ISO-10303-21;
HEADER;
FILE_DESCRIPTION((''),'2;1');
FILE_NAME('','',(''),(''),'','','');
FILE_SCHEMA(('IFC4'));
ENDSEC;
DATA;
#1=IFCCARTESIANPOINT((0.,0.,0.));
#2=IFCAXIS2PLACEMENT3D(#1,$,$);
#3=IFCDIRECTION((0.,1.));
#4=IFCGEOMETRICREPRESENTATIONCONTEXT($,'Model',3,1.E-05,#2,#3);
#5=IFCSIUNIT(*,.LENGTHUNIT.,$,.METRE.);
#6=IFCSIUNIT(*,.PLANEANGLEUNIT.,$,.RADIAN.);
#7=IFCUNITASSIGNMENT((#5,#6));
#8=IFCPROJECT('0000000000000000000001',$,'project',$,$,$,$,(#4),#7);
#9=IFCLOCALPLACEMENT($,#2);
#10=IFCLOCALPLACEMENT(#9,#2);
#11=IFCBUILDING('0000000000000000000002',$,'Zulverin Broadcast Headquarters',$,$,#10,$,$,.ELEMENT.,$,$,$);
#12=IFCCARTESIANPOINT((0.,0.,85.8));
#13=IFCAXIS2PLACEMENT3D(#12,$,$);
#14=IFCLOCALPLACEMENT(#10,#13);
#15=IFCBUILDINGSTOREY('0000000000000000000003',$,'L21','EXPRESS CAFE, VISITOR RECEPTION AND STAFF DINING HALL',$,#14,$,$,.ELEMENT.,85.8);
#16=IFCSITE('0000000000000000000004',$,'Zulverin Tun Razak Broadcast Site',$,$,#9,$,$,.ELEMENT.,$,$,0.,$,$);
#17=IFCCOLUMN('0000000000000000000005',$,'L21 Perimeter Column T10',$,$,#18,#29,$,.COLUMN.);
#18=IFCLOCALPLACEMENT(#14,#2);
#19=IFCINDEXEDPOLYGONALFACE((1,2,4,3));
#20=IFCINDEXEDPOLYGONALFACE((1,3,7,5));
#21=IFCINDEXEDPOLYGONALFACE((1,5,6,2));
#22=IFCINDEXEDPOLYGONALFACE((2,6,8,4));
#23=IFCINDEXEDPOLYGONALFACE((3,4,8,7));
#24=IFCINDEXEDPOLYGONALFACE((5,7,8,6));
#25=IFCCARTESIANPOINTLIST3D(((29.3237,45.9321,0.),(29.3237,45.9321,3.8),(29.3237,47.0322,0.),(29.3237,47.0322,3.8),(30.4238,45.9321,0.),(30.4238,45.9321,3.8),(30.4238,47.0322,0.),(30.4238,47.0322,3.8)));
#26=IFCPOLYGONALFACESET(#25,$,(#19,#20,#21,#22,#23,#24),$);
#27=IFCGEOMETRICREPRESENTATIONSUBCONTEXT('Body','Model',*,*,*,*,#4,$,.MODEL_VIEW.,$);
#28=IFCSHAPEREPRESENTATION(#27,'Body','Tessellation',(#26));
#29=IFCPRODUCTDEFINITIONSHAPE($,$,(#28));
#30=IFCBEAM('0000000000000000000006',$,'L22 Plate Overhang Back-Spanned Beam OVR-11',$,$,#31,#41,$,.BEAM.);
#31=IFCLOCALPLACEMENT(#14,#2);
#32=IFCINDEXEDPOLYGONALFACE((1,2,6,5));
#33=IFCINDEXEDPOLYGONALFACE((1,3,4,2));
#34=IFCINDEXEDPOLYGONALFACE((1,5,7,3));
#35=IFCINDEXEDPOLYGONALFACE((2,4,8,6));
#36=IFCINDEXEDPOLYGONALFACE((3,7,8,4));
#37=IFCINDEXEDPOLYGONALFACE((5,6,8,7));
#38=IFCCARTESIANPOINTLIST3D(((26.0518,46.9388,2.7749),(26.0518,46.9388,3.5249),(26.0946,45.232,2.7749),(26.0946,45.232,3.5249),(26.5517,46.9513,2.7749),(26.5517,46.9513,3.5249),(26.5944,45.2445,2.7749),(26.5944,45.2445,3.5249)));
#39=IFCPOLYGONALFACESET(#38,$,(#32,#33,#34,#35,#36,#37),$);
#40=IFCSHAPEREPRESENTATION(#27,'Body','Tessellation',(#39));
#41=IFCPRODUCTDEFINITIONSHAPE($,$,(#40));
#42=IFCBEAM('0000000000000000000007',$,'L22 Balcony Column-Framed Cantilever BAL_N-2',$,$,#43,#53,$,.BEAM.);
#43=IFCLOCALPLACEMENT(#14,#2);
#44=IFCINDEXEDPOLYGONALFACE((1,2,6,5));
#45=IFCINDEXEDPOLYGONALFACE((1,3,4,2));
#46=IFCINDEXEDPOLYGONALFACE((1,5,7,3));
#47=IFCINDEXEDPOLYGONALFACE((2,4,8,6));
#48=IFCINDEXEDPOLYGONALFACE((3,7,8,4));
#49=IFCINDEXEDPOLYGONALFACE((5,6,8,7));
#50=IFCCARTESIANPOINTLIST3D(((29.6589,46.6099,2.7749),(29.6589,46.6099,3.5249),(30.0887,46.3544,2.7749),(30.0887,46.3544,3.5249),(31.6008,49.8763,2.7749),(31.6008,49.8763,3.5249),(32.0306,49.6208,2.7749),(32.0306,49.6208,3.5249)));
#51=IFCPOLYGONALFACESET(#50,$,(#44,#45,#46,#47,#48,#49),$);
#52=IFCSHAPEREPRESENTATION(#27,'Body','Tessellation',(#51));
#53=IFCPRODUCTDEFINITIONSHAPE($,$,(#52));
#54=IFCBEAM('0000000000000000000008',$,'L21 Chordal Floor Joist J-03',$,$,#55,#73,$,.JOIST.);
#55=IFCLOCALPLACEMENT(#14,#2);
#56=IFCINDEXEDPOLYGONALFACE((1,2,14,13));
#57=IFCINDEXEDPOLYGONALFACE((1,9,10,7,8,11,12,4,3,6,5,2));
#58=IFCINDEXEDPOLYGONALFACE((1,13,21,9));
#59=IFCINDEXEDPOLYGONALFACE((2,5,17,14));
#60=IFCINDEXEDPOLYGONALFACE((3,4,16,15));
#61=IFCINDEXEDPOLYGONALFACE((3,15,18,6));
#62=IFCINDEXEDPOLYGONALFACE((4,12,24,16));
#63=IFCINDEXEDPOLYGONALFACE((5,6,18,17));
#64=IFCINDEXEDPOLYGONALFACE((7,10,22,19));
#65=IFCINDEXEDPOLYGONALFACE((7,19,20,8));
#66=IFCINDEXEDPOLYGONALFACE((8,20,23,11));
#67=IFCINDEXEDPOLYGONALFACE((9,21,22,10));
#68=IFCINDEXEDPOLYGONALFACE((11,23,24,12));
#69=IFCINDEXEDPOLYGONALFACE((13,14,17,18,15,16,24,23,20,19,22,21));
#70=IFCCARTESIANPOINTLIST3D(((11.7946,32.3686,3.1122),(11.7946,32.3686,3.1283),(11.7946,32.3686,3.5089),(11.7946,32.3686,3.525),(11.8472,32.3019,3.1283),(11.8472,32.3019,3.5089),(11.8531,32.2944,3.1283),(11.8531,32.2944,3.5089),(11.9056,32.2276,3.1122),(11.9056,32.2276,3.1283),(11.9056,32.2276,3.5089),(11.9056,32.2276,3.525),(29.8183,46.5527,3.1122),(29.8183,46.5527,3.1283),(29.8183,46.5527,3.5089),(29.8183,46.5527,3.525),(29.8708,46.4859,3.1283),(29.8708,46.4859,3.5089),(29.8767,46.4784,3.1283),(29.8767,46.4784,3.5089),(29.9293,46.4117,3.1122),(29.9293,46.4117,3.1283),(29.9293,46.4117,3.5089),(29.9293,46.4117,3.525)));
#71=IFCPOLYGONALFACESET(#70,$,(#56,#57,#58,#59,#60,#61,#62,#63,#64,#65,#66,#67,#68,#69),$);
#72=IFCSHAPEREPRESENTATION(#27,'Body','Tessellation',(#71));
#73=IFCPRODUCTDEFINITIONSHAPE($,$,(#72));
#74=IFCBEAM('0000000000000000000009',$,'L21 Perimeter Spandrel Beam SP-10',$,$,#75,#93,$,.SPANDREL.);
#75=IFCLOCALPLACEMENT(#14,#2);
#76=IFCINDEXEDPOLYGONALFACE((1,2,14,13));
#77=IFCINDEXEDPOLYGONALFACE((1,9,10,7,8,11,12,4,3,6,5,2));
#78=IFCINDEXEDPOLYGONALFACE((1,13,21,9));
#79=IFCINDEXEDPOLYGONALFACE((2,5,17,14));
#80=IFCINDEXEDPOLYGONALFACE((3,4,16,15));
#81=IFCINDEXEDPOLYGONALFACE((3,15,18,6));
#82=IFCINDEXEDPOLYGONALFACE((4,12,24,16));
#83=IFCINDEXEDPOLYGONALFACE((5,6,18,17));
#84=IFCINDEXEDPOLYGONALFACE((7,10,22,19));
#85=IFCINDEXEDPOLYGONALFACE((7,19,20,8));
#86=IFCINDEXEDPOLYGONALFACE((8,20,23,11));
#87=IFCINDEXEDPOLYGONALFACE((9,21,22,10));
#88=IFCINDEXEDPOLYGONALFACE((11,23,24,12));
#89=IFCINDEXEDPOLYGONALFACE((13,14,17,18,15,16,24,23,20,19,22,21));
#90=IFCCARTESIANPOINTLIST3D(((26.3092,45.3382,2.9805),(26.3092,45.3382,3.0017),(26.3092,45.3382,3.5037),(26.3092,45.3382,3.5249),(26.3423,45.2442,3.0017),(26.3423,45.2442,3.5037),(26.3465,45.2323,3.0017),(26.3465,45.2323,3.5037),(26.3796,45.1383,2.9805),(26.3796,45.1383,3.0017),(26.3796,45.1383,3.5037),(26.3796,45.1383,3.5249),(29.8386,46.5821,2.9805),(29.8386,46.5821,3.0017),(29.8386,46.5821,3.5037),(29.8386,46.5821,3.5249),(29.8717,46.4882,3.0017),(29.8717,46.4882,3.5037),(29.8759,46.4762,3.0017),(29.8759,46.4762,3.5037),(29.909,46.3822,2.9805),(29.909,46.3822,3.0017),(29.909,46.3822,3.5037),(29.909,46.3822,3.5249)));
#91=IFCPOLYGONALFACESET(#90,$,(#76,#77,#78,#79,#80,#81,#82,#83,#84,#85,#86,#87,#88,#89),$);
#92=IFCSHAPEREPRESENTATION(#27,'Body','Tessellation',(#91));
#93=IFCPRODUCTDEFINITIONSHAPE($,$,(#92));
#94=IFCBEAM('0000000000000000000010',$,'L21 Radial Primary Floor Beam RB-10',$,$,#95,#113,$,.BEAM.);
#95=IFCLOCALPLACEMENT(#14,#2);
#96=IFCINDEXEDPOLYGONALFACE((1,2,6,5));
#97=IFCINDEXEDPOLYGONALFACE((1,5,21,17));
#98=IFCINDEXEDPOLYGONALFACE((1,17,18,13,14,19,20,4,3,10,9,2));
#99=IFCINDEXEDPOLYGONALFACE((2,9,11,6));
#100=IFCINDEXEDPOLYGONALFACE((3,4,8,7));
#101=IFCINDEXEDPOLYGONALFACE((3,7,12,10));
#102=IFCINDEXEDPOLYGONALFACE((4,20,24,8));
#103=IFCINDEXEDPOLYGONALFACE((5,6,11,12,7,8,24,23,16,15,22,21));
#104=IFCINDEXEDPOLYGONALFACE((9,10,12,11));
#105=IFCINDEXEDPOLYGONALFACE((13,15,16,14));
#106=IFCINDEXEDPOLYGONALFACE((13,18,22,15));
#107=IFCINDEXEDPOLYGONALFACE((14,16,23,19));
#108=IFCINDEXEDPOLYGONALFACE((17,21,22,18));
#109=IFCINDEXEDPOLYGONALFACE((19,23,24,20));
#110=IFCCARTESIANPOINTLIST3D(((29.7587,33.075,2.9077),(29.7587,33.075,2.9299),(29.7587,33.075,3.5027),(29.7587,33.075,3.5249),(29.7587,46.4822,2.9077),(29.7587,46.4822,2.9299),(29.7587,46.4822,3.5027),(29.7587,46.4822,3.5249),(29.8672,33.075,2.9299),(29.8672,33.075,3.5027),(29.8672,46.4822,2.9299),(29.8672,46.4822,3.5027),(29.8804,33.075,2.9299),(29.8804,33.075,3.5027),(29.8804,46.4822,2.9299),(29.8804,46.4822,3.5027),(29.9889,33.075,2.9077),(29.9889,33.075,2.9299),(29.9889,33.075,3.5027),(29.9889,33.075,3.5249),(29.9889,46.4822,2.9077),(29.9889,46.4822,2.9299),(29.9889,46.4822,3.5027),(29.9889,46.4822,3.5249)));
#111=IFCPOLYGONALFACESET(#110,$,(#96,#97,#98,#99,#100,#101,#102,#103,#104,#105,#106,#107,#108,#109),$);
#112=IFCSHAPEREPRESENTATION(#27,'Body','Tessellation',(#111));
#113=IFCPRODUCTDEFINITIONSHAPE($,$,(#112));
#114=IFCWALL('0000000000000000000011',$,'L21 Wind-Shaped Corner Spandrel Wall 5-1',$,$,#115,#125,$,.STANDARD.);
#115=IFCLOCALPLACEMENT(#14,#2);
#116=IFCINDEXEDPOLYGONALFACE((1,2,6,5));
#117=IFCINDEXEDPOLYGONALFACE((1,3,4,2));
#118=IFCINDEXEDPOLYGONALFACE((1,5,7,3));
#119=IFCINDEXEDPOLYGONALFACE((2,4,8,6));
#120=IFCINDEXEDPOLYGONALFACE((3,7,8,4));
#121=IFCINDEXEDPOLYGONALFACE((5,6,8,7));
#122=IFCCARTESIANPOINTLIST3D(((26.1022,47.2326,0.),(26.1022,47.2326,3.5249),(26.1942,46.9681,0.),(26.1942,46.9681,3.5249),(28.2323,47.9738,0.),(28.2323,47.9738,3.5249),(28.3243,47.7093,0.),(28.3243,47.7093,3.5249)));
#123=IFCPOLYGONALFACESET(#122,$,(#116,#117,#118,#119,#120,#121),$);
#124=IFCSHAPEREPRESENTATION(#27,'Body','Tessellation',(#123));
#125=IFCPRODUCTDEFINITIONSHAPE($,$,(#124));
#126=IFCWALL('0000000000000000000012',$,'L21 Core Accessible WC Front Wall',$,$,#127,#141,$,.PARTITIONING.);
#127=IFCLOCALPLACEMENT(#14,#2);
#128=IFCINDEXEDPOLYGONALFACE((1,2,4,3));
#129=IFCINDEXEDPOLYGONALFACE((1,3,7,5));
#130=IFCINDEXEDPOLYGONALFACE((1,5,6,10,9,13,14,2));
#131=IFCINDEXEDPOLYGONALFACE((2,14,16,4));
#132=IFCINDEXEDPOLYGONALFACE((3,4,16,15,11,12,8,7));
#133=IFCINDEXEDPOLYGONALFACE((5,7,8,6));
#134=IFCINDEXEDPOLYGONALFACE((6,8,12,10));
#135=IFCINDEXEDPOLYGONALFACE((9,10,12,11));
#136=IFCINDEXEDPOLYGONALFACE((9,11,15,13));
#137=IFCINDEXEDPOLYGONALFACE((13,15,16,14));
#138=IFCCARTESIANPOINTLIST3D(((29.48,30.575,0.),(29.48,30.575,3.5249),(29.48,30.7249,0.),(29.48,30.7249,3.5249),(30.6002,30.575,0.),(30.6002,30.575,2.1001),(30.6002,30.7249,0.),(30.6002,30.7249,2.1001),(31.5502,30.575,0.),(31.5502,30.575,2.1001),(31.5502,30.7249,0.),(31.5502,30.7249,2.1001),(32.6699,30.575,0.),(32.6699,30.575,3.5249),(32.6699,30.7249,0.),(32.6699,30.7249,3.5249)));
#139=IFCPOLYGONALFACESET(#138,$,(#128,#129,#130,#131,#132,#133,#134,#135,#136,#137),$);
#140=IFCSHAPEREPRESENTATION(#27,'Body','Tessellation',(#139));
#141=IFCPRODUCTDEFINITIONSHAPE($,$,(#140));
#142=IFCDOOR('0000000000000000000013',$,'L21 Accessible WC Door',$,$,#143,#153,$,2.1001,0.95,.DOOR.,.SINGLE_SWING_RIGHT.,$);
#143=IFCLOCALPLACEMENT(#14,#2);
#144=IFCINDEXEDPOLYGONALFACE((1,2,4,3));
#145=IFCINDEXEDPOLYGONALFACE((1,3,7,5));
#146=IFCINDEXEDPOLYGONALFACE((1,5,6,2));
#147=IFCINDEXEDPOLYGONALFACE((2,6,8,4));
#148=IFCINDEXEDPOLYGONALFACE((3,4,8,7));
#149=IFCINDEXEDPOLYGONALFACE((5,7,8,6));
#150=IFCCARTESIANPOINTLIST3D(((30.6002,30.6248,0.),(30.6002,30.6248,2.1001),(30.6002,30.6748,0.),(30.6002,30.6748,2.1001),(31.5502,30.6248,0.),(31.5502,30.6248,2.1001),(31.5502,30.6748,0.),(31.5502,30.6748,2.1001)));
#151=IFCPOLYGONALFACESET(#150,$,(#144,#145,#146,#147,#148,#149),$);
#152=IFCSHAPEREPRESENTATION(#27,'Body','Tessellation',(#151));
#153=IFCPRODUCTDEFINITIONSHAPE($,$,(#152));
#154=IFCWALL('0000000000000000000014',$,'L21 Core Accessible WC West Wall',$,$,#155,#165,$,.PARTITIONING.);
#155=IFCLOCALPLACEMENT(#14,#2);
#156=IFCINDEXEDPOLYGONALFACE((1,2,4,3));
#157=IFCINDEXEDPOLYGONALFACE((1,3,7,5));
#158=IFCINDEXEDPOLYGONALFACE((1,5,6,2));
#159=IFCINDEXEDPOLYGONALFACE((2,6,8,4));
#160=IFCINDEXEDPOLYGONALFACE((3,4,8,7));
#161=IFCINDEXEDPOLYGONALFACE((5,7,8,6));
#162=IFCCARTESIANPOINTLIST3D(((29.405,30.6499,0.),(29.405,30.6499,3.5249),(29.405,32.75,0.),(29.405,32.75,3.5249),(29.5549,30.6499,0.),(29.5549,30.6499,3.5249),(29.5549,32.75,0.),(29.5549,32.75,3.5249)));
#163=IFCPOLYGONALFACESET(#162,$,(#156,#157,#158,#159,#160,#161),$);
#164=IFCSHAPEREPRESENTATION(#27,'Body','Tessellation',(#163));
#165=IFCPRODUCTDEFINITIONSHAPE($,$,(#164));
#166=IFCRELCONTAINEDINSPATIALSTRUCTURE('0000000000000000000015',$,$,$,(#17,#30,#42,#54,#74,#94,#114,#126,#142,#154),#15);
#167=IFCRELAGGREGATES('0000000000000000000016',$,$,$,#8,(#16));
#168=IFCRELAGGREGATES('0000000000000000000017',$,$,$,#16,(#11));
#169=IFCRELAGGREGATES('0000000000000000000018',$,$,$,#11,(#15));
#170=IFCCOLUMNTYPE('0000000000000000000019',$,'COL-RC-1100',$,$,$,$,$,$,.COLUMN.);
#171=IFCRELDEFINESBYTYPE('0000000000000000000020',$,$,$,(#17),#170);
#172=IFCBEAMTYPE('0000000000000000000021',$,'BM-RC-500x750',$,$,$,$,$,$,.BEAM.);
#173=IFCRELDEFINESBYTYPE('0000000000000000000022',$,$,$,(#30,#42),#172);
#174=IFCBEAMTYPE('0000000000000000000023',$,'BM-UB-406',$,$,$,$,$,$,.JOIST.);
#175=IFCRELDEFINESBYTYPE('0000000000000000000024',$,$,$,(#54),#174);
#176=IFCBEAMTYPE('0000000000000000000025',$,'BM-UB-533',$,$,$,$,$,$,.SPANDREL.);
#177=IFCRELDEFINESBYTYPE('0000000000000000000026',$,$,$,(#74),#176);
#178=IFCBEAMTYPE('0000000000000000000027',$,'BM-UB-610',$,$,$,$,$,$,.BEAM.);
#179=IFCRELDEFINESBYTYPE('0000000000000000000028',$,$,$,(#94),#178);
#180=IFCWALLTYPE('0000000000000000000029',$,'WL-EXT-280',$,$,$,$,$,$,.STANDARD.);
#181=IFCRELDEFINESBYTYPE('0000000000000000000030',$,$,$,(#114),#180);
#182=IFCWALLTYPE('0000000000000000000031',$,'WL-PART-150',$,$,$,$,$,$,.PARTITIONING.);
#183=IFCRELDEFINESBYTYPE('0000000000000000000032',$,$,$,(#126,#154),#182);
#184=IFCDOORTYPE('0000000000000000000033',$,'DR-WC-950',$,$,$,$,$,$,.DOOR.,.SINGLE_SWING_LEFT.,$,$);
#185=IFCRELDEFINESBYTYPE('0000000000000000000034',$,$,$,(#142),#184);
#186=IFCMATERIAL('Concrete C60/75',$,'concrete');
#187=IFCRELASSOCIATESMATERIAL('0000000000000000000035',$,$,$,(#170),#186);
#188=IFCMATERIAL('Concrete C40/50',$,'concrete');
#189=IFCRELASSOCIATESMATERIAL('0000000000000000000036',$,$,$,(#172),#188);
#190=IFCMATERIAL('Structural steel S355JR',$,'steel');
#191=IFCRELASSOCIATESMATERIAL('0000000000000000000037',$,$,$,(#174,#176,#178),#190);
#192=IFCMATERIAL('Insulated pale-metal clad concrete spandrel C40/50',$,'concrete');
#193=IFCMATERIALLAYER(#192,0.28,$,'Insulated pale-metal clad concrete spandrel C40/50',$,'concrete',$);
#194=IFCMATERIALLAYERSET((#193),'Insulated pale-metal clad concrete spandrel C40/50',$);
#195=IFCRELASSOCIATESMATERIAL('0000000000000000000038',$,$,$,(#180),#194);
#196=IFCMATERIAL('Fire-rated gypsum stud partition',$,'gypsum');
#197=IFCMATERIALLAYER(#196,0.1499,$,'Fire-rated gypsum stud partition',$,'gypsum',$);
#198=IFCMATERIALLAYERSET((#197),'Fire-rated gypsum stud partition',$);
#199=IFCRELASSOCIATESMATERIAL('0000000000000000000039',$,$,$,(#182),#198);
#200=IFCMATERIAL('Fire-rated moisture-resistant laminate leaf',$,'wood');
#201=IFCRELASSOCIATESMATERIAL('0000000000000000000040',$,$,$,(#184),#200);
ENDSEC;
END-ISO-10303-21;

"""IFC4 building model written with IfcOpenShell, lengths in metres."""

from ifc_helpers import new_model, si_unit, direction, frame, frame_2d, origin, origin_2d, place, context, subcontext, project, spatial, rectangle, i_section, extrude, material, layer, layer_set, material_profile, profile_set, type_object, element, fill, save


model = new_model("IFC4")

# Units and contexts
model_context = context("Model", 3, precision=1e-05, world=origin(), true_north=direction((0.0, 1.0)))
body_context = subcontext(model_context, "Body", "Model", "MODEL_VIEW")
ifc_project = project(units=[si_unit("LENGTHUNIT", "METRE"), si_unit("PLANEANGLEUNIT", "RADIAN")], contexts=[model_context])

# Site, building, storey
site_placement = place(None, origin())
site = spatial("IfcSite", under=ifc_project, at=site_placement, Name="Zulverin Tun Razak Broadcast Site", CompositionType="ELEMENT", RefElevation=0.0)
building_placement = place(site_placement, origin())
building = spatial("IfcBuilding", under=site, at=building_placement, Name="Zulverin Broadcast Headquarters", CompositionType="ELEMENT")
storey_placement = place(building_placement, frame((0.0, 0.0, 85.8)))
storey = spatial("IfcBuildingStorey", under=building, at=storey_placement, Name="L21", Description="EXPRESS CAFE, VISITOR RECEPTION AND STAFF DINING HALL", CompositionType="ELEMENT", Elevation=85.8)

# Column
ifc_material_1 = material(Name="Concrete C60/75", Category="concrete")
ifc_material_profile_1 = material_profile(ifc_material_1, rectangle(XDim=1.1001, YDim=1.1001, at=origin_2d()), Name="Concrete C60/75", Category="concrete")
ifc_profile_set_1 = profile_set([ifc_material_profile_1], Name="Concrete C60/75")
column_type = type_object("IfcColumnType", Name="COL-RC-1100", PredefinedType="COLUMN", material=ifc_profile_set_1)
column_placement = place(storey_placement, frame((29.8738, 46.4822, 0.0), z_axis=(0.0, 0.0, 1.0), x_axis=(1.0, 0.0, 0.0)))
element("IfcColumn", 1, at=column_placement, inside=storey, type_object=column_type, Name="L21 Perimeter Column T10", PredefinedType="COLUMN", context=body_context, shape_type="SweptSolid", body=[
    extrude(rectangle(XDim=1.1001, YDim=1.1001, at=origin_2d()), origin(), (0.0, 0.0, 1.0), 3.8),
])

# Beams
ifc_material_2 = material(Name="Concrete C40/50", Category="concrete")
ifc_material_profile_2 = material_profile(ifc_material_2, rectangle(XDim=0.5, YDim=0.75, at=origin_2d()), Name="Concrete C40/50", Category="concrete")
ifc_profile_set_2 = profile_set([ifc_material_profile_2], Name="Concrete C40/50")
beam_type_1 = type_object("IfcBeamType", Name="BM-RC-500x750", PredefinedType="BEAM", material=ifc_profile_set_2)
beam_1_placement = place(storey_placement, frame((26.3445, 45.2383, 3.1499), z_axis=(-0.025024, 0.999687, 0.0), x_axis=(-0.999687, -0.025024, 0.0)))
element("IfcBeam", 2, at=beam_1_placement, inside=storey, type_object=beam_type_1, Name="L22 Plate Overhang Back-Spanned Beam OVR-11", PredefinedType="BEAM", context=body_context, shape_type="SweptSolid", body=[
    extrude(rectangle(XDim=0.5, YDim=0.75, at=origin_2d()), origin(), (0.0, 0.0, 1.0), 1.7073),
])
beam_2_placement = place(storey_placement, frame((29.8738, 46.4822, 3.1499), z_axis=(0.511024, 0.859566, 0.0), x_axis=(-0.859566, 0.511024, 0.0)))
element("IfcBeam", 3, at=beam_2_placement, inside=storey, type_object=beam_type_1, Name="L22 Balcony Column-Framed Cantilever BAL_N-2", PredefinedType="BEAM", context=body_context, shape_type="SweptSolid", body=[
    extrude(rectangle(XDim=0.5, YDim=0.75, at=origin_2d()), origin(), (0.0, 0.0, 1.0), 3.8),
])
ifc_material_3 = material(Name="Structural steel S355JR", Category="steel")
ifc_material_profile_3 = material_profile(ifc_material_3, i_section(OverallWidth=0.1794, OverallDepth=0.4128, WebThickness=0.0095, FlangeThickness=0.0161, at=origin_2d()), Name="Structural steel S355JR", Category="steel")
ifc_profile_set_3 = profile_set([ifc_material_profile_3], Name="Structural steel S355JR")
beam_type_2 = type_object("IfcBeamType", Name="BM-UB-406", PredefinedType="JOIST", material=ifc_profile_set_3)
beam_3_placement = place(storey_placement, frame((29.8738, 46.4822, 3.3186), z_axis=(-0.785839, -0.618431, 0.0), x_axis=(0.618431, -0.785839, 0.0)))
element("IfcBeam", 4, at=beam_3_placement, inside=storey, type_object=beam_type_2, Name="L21 Chordal Floor Joist J-03", PredefinedType="JOIST", context=body_context, shape_type="SweptSolid", body=[
    extrude(i_section(OverallWidth=0.1794, OverallDepth=0.4128, WebThickness=0.0095, FlangeThickness=0.0161, at=origin_2d()), origin(), (0.0, 0.0, 1.0), 22.9355),
])
ifc_material_profile_4 = material_profile(ifc_material_3, i_section(OverallWidth=0.2119, OverallDepth=0.5444, WebThickness=0.0127, FlangeThickness=0.0212, at=origin_2d()), Name="Structural steel S355JR", Category="steel")
ifc_profile_set_4 = profile_set([ifc_material_profile_4], Name="Structural steel S355JR")
beam_type_3 = type_object("IfcBeamType", Name="BM-UB-533", PredefinedType="SPANDREL", material=ifc_profile_set_4)
beam_4_placement = place(storey_placement, frame((29.8738, 46.4822, 3.2527), z_axis=(-0.943136, -0.332407, 0.0), x_axis=(0.332407, -0.943136, 0.0)))
element("IfcBeam", 5, at=beam_4_placement, inside=storey, type_object=beam_type_3, Name="L21 Perimeter Spandrel Beam SP-10", PredefinedType="SPANDREL", context=body_context, shape_type="SweptSolid", body=[
    extrude(i_section(OverallWidth=0.2119, OverallDepth=0.5444, WebThickness=0.0127, FlangeThickness=0.0212, at=origin_2d()), origin(), (0.0, 0.0, 1.0), 3.7422),
])
ifc_material_profile_5 = material_profile(ifc_material_3, i_section(OverallWidth=0.2302, OverallDepth=0.6172, WebThickness=0.0132, FlangeThickness=0.0222, at=origin_2d()), Name="Structural steel S355JR", Category="steel")
ifc_profile_set_5 = profile_set([ifc_material_profile_5], Name="Structural steel S355JR")
beam_type_4 = type_object("IfcBeamType", Name="BM-UB-610", PredefinedType="BEAM", material=ifc_profile_set_5)
beam_5_placement = place(storey_placement, frame((29.8738, 33.075, 3.2163), z_axis=(0.0, 1.0, 0.0), x_axis=(-1.0, 0.0, 0.0)))
element("IfcBeam", 6, at=beam_5_placement, inside=storey, type_object=beam_type_4, Name="L21 Radial Primary Floor Beam RB-10", PredefinedType="BEAM", context=body_context, shape_type="SweptSolid", body=[
    extrude(i_section(OverallWidth=0.2302, OverallDepth=0.6172, WebThickness=0.0132, FlangeThickness=0.0222, at=origin_2d()), origin(), (0.0, 0.0, 1.0), 13.4072),
])

# Wall
ifc_material_4 = material(Name="Insulated pale-metal clad concrete spandrel C40/50", Category="concrete")
ifc_layer_1 = layer(ifc_material_4, 0.28, Name="Insulated pale-metal clad concrete spandrel C40/50", Category="concrete")
ifc_layer_set_1 = layer_set([ifc_layer_1], Name="Insulated pale-metal clad concrete spandrel C40/50")
wall_type_1 = type_object("IfcWallType", Name="WL-EXT-280", PredefinedType="STANDARD", material=ifc_layer_set_1)
wall_1_placement = place(storey_placement, frame((28.2783, 47.8416, 0.0), z_axis=(0.0, 0.0, 1.0), x_axis=(-0.944456, -0.328638, 0.0)))
element("IfcWall", 7, at=wall_1_placement, inside=storey, type_object=wall_type_1, Name="L21 Wind-Shaped Corner Spandrel Wall 5-1", PredefinedType="STANDARD", context=body_context, shape_type="SweptSolid", body=[
    extrude(rectangle(XDim=2.2554, YDim=0.28, at=frame_2d((1.1277, 0.0))), origin(), (0.0, 0.0, 1.0), 3.5249),
])

# Wall, opening, door
ifc_material_5 = material(Name="Fire-rated gypsum stud partition", Category="gypsum")
ifc_layer_2 = layer(ifc_material_5, 0.1499, Name="Fire-rated gypsum stud partition", Category="gypsum")
ifc_layer_set_2 = layer_set([ifc_layer_2], Name="Fire-rated gypsum stud partition")
wall_type_2 = type_object("IfcWallType", Name="WL-PART-150", PredefinedType="PARTITIONING", material=ifc_layer_set_2)
wall_2_placement = place(storey_placement, frame((29.48, 30.6499, 0.0), z_axis=(0.0, 0.0, 1.0), x_axis=(1.0, 0.0, 0.0)))
wall_2 = element("IfcWall", 8, at=wall_2_placement, inside=storey, type_object=wall_type_2, Name="L21 Core Accessible WC Front Wall", PredefinedType="PARTITIONING", context=body_context, shape_type="SweptSolid", body=[
    extrude(rectangle(XDim=3.1899, YDim=0.1499, at=frame_2d((1.595, 0.0))), origin(), (0.0, 0.0, 1.0), 3.5249),
])
opening_1_placement = place(wall_2_placement, frame((1.1201, 0.0, 0.0)))
opening_1 = element("IfcOpeningElement", 9, at=opening_1_placement, cuts=wall_2, PredefinedType="OPENING", context=body_context, shape_type="SweptSolid", body=[
    extrude(rectangle(XDim=0.95, YDim=2.1001, at=frame_2d((0.4751, 1.05))), frame((0.0, 0.085, 0.0), z_axis=(0.0, -1.0, 0.0), x_axis=(1.0, 0.0, 0.0)), (0.0, 0.0, 1.0), 0.1699),
])
ifc_material_6 = material(Name="Fire-rated moisture-resistant laminate leaf", Category="wood")
door_type_1 = type_object("IfcDoorType", Name="DR-WC-950", OperationType="SINGLE_SWING_LEFT", PredefinedType="DOOR", material=ifc_material_6)
door_1_placement = place(opening_1_placement, origin())
door_1 = element("IfcDoor", 10, at=door_1_placement, inside=storey, type_object=door_type_1, Name="L21 Accessible WC Door", OperationType="SINGLE_SWING_RIGHT", OverallHeight=2.1001, OverallWidth=0.95, PredefinedType="DOOR", context=body_context, shape_type="SweptSolid", body=[
    extrude(rectangle(XDim=0.95, YDim=2.1001, at=frame_2d((0.4751, 1.05))), frame((0.0, 0.0249, 0.0), z_axis=(0.0, -1.0, 0.0), x_axis=(1.0, 0.0, 0.0)), (0.0, 0.0, 1.0), 0.05),
])
fill(opening_1, door_1)

# Wall
wall_3_placement = place(storey_placement, frame((29.48, 30.6499, 0.0), z_axis=(0.0, 0.0, 1.0), x_axis=(0.0, 1.0, 0.0)))
element("IfcWall", 11, at=wall_3_placement, inside=storey, type_object=wall_type_2, Name="L21 Core Accessible WC West Wall", PredefinedType="PARTITIONING", context=body_context, shape_type="SweptSolid", body=[
    extrude(rectangle(XDim=2.1001, YDim=0.1499, at=frame_2d((1.05, 0.0))), origin(), (0.0, 0.0, 1.0), 3.5249),
])

save(model, "model.ifc")
